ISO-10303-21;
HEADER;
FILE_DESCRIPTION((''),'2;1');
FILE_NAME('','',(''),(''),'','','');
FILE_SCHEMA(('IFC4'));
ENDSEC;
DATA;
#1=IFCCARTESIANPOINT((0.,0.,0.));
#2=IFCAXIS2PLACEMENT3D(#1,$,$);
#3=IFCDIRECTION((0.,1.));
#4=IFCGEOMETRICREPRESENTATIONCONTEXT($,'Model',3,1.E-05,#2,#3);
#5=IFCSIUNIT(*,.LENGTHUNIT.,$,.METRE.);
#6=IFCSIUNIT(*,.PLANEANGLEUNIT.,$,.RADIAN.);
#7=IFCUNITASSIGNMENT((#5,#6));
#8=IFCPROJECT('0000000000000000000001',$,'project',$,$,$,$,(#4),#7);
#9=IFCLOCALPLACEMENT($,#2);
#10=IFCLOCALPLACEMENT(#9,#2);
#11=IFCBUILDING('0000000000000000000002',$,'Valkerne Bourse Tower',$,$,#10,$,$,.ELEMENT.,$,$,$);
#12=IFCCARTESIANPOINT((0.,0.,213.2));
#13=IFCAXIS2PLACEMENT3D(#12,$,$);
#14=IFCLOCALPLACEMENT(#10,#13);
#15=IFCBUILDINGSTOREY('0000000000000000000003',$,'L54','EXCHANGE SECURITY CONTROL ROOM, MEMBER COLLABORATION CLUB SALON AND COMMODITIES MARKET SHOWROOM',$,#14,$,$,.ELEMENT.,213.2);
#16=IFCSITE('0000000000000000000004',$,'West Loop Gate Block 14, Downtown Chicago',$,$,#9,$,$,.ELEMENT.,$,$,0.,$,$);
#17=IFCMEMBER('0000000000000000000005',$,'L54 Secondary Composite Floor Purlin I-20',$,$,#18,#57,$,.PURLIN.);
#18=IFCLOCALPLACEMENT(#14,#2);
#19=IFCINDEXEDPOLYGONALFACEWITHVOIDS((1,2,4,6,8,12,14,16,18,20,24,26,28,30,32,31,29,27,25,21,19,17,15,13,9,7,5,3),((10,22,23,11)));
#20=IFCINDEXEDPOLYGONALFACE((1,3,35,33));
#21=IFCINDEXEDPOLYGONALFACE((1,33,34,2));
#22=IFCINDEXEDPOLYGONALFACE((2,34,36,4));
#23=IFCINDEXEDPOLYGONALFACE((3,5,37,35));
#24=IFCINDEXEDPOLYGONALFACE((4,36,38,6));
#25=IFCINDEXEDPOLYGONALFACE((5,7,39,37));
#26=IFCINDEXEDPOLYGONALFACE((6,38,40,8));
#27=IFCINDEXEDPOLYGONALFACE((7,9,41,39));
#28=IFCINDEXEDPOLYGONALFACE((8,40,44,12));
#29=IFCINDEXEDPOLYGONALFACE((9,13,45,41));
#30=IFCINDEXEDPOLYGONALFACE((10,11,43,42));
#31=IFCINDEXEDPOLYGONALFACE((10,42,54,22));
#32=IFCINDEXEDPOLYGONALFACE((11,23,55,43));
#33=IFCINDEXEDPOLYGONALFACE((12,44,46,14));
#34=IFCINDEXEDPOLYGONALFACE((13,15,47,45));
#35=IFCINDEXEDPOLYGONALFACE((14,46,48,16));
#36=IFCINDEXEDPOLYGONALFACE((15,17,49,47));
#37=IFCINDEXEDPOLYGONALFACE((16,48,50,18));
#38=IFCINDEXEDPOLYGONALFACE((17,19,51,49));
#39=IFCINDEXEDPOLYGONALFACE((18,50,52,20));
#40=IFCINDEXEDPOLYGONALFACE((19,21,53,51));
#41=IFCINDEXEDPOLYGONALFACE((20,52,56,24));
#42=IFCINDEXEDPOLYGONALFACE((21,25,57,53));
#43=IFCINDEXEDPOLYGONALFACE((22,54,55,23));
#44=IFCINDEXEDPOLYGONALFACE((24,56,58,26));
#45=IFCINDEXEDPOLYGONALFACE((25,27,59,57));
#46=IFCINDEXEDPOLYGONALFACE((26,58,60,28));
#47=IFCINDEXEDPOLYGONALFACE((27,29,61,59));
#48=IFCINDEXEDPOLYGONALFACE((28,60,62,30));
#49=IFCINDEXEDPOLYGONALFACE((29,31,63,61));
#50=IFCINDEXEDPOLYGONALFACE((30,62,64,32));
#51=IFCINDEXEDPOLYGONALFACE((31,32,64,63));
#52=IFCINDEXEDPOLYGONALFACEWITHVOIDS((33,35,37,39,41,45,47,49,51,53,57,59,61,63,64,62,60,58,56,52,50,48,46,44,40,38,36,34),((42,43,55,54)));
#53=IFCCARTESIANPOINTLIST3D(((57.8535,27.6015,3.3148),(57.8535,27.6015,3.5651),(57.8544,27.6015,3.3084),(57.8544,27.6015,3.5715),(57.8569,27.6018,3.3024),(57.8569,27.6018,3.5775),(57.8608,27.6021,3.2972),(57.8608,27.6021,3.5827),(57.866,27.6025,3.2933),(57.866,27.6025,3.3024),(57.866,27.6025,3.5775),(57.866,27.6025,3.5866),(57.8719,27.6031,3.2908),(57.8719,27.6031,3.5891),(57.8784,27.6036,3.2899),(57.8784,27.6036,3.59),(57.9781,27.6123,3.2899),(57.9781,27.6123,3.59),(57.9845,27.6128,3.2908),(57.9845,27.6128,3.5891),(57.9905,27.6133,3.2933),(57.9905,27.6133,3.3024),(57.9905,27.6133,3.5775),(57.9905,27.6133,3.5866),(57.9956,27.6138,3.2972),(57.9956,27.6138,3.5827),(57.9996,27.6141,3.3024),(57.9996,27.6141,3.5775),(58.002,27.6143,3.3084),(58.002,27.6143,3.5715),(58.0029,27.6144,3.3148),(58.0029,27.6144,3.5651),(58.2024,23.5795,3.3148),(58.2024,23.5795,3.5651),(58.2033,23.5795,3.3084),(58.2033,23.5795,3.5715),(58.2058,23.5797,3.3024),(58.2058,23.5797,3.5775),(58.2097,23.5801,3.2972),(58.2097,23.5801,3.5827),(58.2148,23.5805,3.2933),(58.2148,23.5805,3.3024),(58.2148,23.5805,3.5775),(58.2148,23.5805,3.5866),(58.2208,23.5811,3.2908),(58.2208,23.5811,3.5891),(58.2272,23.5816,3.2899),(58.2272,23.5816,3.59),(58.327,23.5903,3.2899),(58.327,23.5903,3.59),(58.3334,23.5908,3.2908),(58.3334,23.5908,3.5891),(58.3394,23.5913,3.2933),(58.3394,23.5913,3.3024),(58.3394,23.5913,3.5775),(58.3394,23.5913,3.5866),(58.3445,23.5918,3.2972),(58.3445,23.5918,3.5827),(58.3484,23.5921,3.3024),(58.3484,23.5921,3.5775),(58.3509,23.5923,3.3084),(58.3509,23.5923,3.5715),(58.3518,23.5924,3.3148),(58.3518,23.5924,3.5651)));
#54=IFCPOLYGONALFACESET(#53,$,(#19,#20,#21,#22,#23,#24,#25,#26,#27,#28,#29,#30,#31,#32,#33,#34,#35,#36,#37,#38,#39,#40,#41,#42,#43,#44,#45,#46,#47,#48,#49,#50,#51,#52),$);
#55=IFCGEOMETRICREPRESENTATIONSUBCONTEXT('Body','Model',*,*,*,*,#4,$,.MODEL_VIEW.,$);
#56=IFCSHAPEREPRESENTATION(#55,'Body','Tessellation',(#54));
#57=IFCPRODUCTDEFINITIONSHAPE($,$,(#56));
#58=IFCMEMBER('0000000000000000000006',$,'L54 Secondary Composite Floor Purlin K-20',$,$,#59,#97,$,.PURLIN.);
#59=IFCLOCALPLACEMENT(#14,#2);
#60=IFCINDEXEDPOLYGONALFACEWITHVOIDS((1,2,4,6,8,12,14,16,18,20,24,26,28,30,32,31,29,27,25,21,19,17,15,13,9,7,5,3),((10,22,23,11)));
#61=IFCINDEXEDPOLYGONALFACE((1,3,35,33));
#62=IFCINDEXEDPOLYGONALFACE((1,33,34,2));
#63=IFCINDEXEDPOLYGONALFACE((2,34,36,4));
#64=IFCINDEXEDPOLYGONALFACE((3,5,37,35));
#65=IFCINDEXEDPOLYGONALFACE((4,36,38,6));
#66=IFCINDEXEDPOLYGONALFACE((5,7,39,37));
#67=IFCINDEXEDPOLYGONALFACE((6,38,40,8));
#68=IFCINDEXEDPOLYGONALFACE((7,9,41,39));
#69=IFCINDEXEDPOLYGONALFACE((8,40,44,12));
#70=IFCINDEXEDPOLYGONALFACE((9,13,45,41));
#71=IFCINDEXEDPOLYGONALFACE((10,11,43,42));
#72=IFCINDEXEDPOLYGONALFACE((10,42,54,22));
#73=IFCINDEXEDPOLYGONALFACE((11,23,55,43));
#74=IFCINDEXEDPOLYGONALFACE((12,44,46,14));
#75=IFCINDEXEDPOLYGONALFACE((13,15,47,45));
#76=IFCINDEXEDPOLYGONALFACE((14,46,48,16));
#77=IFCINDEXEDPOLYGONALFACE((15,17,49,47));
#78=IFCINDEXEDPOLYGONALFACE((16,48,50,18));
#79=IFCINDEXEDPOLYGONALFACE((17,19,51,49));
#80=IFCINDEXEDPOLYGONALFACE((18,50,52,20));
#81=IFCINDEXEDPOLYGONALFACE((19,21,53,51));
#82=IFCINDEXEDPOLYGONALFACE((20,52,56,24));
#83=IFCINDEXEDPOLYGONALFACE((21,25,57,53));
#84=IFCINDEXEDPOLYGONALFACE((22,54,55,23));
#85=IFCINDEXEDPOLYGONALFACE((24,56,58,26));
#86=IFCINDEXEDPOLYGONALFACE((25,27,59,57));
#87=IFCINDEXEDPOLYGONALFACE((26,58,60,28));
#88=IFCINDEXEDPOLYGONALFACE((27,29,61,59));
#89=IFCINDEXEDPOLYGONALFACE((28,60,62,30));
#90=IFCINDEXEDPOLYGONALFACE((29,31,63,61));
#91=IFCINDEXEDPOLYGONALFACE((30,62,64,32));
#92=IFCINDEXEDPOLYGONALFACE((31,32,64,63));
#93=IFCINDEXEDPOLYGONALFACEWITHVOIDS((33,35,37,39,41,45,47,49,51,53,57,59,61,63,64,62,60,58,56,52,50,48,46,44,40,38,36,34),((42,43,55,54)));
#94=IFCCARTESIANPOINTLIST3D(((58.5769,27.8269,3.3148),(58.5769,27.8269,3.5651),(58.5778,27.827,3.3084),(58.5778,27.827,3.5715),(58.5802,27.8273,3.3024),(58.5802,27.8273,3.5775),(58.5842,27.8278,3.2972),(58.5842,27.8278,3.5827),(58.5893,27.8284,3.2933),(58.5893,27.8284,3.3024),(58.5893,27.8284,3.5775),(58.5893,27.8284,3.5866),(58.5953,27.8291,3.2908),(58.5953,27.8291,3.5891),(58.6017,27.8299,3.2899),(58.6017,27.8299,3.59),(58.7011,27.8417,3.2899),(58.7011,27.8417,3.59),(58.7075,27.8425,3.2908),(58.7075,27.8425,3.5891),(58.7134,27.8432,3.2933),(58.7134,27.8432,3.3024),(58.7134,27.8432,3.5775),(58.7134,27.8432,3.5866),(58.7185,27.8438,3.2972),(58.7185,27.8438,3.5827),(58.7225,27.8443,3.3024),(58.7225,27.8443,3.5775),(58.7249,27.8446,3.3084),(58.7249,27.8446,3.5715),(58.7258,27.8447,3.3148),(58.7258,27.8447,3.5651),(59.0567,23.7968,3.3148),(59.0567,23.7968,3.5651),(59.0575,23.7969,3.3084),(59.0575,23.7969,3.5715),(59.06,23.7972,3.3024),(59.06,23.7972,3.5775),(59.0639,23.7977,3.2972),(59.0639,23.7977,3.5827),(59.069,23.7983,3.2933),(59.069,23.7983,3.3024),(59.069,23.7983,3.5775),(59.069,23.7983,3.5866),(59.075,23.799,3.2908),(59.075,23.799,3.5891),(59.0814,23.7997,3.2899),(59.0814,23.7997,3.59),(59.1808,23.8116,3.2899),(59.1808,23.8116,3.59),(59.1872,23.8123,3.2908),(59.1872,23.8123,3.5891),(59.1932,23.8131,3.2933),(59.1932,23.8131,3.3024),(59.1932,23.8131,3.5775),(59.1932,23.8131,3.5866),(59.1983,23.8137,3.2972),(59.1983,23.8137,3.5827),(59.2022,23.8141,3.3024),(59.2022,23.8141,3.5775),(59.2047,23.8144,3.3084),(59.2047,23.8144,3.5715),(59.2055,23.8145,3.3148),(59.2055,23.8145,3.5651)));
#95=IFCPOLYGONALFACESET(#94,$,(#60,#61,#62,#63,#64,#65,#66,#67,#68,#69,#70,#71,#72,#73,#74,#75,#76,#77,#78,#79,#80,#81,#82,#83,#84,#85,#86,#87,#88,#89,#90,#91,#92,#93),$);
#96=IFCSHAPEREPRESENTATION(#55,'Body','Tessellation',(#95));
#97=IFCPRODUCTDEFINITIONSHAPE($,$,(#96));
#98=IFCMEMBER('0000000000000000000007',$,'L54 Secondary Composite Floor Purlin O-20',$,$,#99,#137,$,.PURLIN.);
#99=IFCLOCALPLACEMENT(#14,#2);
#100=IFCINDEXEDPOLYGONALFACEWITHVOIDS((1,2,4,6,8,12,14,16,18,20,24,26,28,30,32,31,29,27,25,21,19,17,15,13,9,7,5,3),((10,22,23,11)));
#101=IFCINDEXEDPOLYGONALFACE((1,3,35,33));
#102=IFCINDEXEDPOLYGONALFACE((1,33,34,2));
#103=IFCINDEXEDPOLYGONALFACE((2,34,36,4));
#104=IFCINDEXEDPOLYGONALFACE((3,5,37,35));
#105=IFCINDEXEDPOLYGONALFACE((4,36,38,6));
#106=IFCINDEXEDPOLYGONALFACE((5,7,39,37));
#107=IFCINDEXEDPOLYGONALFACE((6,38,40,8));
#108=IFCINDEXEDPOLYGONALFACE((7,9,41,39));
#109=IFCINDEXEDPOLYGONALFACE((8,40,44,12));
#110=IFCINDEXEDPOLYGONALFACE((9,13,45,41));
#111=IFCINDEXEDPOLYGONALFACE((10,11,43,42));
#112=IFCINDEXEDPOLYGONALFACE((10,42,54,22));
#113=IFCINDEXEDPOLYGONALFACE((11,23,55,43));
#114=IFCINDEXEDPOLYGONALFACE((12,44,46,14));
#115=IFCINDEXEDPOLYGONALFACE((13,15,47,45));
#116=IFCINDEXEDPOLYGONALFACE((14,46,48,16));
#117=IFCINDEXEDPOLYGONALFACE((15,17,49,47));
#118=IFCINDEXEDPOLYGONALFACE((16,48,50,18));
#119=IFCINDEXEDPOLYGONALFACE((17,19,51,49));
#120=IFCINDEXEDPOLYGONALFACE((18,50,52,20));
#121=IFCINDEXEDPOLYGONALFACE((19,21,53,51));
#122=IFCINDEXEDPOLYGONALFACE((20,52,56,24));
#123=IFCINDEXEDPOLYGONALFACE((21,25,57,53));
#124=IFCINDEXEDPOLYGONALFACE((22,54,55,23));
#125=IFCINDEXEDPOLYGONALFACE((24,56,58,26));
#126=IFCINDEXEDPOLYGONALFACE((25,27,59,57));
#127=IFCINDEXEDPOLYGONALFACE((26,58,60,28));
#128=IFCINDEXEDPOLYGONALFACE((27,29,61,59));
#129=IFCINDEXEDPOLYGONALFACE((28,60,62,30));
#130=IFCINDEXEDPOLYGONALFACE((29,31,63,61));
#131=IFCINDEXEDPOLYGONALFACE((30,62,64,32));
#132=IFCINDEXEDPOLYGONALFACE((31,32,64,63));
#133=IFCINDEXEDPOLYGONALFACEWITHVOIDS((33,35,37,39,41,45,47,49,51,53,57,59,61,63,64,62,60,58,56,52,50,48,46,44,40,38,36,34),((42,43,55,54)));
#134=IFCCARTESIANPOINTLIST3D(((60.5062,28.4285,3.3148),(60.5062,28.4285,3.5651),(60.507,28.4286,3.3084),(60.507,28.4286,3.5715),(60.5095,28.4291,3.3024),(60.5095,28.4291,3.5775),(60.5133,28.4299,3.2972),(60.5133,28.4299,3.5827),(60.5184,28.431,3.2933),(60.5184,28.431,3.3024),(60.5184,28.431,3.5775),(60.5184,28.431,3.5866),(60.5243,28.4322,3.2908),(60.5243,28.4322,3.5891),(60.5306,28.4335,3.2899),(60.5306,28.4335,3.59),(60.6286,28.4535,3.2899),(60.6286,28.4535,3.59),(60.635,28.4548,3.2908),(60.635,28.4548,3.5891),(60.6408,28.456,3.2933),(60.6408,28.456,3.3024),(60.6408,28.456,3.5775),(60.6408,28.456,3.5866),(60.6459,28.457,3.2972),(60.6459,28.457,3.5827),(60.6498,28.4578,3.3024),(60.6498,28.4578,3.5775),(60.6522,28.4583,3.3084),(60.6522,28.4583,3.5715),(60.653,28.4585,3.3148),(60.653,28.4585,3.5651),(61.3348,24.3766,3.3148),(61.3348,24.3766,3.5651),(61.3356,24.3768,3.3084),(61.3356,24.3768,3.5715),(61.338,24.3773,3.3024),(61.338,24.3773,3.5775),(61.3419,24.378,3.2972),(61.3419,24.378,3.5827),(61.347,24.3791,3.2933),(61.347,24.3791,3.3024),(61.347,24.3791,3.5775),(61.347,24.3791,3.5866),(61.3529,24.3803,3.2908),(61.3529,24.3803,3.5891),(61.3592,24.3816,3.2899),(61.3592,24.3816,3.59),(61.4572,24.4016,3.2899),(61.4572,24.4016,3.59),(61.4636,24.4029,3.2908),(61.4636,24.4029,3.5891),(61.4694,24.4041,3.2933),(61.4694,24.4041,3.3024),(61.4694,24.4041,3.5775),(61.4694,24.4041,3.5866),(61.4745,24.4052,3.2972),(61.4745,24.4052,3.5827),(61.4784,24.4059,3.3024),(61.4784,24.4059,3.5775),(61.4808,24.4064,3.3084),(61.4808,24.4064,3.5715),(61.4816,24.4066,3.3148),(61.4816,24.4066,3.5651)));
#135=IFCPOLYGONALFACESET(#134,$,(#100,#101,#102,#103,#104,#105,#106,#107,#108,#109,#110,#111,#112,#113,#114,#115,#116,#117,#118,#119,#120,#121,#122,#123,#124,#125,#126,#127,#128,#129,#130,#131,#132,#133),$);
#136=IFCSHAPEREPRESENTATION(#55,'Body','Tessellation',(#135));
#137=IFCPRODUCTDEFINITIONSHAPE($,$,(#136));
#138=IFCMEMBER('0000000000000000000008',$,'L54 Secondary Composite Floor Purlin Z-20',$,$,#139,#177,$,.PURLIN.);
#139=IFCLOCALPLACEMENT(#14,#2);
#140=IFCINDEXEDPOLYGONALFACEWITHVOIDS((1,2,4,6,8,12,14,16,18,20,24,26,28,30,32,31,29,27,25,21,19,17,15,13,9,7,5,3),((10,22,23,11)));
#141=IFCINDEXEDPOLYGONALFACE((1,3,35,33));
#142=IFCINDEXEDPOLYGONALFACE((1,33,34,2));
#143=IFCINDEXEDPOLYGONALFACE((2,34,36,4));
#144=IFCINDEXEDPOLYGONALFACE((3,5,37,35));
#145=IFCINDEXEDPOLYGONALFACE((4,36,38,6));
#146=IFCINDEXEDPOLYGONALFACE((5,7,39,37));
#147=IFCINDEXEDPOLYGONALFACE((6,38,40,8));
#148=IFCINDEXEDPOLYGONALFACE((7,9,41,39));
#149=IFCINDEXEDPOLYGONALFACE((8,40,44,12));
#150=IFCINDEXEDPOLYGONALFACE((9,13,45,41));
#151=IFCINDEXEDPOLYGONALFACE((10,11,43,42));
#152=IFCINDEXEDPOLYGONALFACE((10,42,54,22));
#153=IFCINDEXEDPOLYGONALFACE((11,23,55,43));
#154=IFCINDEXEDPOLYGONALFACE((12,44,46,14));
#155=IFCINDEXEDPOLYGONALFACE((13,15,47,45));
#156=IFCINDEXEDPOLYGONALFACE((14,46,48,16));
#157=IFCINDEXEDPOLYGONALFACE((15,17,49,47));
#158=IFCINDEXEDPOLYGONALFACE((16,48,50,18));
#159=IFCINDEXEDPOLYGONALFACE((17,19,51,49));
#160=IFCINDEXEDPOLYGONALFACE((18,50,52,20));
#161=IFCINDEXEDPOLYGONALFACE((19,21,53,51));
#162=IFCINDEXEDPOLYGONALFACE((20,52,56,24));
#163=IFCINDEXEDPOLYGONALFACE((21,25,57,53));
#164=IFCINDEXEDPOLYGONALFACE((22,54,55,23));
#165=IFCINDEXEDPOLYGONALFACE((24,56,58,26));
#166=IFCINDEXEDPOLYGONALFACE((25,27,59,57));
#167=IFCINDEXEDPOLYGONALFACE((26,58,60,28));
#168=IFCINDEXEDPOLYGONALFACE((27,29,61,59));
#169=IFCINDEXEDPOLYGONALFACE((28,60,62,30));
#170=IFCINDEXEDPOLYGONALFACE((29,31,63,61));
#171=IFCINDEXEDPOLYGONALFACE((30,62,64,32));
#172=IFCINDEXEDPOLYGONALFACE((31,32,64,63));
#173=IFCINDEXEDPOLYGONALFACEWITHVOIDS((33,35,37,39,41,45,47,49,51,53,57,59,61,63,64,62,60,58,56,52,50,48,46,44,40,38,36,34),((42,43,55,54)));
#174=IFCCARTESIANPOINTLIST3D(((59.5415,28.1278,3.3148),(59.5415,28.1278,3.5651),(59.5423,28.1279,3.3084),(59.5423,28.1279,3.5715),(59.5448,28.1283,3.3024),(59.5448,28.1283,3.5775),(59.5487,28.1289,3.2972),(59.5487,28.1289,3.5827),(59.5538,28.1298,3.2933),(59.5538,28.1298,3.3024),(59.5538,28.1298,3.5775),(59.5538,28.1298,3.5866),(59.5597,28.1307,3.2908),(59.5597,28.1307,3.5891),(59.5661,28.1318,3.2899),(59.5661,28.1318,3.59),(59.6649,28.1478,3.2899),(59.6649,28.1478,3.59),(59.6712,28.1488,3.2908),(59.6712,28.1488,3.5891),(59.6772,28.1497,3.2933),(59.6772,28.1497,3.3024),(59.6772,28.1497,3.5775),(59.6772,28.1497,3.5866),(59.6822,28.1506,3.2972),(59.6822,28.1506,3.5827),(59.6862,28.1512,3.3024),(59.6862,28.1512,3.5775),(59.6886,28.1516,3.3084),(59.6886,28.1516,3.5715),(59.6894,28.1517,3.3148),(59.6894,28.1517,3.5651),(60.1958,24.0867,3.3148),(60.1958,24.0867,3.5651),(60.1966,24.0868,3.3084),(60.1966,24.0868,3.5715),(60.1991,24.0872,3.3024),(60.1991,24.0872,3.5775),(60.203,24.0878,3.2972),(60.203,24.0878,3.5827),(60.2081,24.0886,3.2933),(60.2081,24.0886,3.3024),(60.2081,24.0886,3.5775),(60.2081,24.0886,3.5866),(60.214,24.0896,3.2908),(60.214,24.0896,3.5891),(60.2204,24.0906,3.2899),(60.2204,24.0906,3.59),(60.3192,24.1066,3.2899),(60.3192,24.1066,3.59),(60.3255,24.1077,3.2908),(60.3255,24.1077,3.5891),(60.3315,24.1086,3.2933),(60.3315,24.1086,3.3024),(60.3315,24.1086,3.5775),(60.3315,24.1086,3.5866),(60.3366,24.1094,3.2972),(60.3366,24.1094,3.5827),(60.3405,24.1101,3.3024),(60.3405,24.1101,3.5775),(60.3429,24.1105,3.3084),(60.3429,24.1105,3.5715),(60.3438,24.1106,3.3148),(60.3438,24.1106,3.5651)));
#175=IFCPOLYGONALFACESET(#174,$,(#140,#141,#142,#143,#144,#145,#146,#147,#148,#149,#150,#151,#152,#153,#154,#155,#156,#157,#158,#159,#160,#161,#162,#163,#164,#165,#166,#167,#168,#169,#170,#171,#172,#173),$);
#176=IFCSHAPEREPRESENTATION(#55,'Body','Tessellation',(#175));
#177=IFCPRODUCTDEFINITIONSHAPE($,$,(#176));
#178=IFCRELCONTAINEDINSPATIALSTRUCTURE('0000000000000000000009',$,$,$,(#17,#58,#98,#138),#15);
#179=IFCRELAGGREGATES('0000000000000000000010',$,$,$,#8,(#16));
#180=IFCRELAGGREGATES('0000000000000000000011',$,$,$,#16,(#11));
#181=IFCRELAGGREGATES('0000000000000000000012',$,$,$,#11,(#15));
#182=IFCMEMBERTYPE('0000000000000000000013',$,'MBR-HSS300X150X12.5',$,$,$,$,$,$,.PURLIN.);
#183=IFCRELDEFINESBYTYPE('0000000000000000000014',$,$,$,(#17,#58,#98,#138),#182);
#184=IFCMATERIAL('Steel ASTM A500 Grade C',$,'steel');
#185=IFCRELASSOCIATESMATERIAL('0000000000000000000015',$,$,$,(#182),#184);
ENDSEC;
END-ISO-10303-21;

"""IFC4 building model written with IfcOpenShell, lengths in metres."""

from ifc_helpers import new_model, si_unit, direction, frame, origin, origin_2d, place, context, subcontext, project, spatial, hollow_rectangle, extrude, material, material_profile, profile_set, type_object, element, save


model = new_model("IFC4")

# Units and contexts
model_context = context("Model", 3, precision=1e-05, world=origin(), true_north=direction((0.0, 1.0)))
body_context = subcontext(model_context, "Body", "Model", "MODEL_VIEW")
ifc_project = project(units=[si_unit("LENGTHUNIT", "METRE"), si_unit("PLANEANGLEUNIT", "RADIAN")], contexts=[model_context])

# Site, building, storey
site_placement = place(None, origin())
site = spatial("IfcSite", under=ifc_project, at=site_placement, Name="West Loop Gate Block 14, Downtown Chicago", CompositionType="ELEMENT", RefElevation=0.0)
building_placement = place(site_placement, origin())
building = spatial("IfcBuilding", under=site, at=building_placement, Name="Valkerne Bourse Tower", CompositionType="ELEMENT")
storey_placement = place(building_placement, frame((0.0, 0.0, 213.2)))
storey = spatial("IfcBuildingStorey", under=building, at=storey_placement, Name="L54", Description="EXCHANGE SECURITY CONTROL ROOM, MEMBER COLLABORATION CLUB SALON AND COMMODITIES MARKET SHOWROOM", CompositionType="ELEMENT", Elevation=213.2)

# Members
ifc_material_1 = material(Name="Steel ASTM A500 Grade C", Category="steel")
ifc_material_profile_1 = material_profile(ifc_material_1, hollow_rectangle(XDim=0.1499, YDim=0.3, WallThickness=0.0125, OuterFilletRadius=0.0249, at=origin_2d()), Name="HSS300X150X12.5")
ifc_profile_set_1 = profile_set([ifc_material_profile_1], Name="Steel ASTM A500 Grade C")
member_type_1 = type_object("IfcMemberType", Name="MBR-HSS300X150X12.5", PredefinedType="PURLIN", material=ifc_profile_set_1)
member_1_placement = place(storey_placement, frame((58.2771, 23.5859, 3.4399), z_axis=(-0.086418, 0.996259, 0.0), x_axis=(-0.996259, -0.086418, 0.0)))
element("IfcMember", 1, at=member_1_placement, inside=storey, type_object=member_type_1, Name="L54 Secondary Composite Floor Purlin I-20", PredefinedType="PURLIN", context=body_context, shape_type="SweptSolid", body=[
    extrude(hollow_rectangle(XDim=0.1499, YDim=0.3, WallThickness=0.0125, OuterFilletRadius=0.0249, at=origin_2d()), origin(), (0.0, 0.0, 1.0), 4.0371),
])
member_2_placement = place(storey_placement, frame((59.1311, 23.8057, 3.4399), z_axis=(-0.118206, 0.992989, 0.0), x_axis=(-0.992989, -0.118206, 0.0)))
element("IfcMember", 2, at=member_2_placement, inside=storey, type_object=member_type_1, Name="L54 Secondary Composite Floor Purlin K-20", PredefinedType="PURLIN", context=body_context, shape_type="SweptSolid", body=[
    extrude(hollow_rectangle(XDim=0.1499, YDim=0.3, WallThickness=0.0125, OuterFilletRadius=0.0249, at=origin_2d()), origin(), (0.0, 0.0, 1.0), 4.0586),
])
member_3_placement = place(storey_placement, frame((61.4082, 24.3916, 3.4399), z_axis=(-0.200349, 0.979725, 0.0), x_axis=(-0.979725, -0.200349, 0.0)))
element("IfcMember", 3, at=member_3_placement, inside=storey, type_object=member_type_1, Name="L54 Secondary Composite Floor Purlin O-20", PredefinedType="PURLIN", context=body_context, shape_type="SweptSolid", body=[
    extrude(hollow_rectangle(XDim=0.1499, YDim=0.3, WallThickness=0.0125, OuterFilletRadius=0.0249, at=origin_2d()), origin(), (0.0, 0.0, 1.0), 4.1357),
])
member_4_placement = place(storey_placement, frame((60.2698, 24.0986, 3.4399), z_axis=(-0.159832, 0.987144, 0.0), x_axis=(-0.987144, -0.159832, 0.0)))
element("IfcMember", 4, at=member_4_placement, inside=storey, type_object=member_type_1, Name="L54 Secondary Composite Floor Purlin Z-20", PredefinedType="PURLIN", context=body_context, shape_type="SweptSolid", body=[
    extrude(hollow_rectangle(XDim=0.1499, YDim=0.3, WallThickness=0.0125, OuterFilletRadius=0.0249, at=origin_2d()), origin(), (0.0, 0.0, 1.0), 4.0938),
])

save(model, "model.ifc")
